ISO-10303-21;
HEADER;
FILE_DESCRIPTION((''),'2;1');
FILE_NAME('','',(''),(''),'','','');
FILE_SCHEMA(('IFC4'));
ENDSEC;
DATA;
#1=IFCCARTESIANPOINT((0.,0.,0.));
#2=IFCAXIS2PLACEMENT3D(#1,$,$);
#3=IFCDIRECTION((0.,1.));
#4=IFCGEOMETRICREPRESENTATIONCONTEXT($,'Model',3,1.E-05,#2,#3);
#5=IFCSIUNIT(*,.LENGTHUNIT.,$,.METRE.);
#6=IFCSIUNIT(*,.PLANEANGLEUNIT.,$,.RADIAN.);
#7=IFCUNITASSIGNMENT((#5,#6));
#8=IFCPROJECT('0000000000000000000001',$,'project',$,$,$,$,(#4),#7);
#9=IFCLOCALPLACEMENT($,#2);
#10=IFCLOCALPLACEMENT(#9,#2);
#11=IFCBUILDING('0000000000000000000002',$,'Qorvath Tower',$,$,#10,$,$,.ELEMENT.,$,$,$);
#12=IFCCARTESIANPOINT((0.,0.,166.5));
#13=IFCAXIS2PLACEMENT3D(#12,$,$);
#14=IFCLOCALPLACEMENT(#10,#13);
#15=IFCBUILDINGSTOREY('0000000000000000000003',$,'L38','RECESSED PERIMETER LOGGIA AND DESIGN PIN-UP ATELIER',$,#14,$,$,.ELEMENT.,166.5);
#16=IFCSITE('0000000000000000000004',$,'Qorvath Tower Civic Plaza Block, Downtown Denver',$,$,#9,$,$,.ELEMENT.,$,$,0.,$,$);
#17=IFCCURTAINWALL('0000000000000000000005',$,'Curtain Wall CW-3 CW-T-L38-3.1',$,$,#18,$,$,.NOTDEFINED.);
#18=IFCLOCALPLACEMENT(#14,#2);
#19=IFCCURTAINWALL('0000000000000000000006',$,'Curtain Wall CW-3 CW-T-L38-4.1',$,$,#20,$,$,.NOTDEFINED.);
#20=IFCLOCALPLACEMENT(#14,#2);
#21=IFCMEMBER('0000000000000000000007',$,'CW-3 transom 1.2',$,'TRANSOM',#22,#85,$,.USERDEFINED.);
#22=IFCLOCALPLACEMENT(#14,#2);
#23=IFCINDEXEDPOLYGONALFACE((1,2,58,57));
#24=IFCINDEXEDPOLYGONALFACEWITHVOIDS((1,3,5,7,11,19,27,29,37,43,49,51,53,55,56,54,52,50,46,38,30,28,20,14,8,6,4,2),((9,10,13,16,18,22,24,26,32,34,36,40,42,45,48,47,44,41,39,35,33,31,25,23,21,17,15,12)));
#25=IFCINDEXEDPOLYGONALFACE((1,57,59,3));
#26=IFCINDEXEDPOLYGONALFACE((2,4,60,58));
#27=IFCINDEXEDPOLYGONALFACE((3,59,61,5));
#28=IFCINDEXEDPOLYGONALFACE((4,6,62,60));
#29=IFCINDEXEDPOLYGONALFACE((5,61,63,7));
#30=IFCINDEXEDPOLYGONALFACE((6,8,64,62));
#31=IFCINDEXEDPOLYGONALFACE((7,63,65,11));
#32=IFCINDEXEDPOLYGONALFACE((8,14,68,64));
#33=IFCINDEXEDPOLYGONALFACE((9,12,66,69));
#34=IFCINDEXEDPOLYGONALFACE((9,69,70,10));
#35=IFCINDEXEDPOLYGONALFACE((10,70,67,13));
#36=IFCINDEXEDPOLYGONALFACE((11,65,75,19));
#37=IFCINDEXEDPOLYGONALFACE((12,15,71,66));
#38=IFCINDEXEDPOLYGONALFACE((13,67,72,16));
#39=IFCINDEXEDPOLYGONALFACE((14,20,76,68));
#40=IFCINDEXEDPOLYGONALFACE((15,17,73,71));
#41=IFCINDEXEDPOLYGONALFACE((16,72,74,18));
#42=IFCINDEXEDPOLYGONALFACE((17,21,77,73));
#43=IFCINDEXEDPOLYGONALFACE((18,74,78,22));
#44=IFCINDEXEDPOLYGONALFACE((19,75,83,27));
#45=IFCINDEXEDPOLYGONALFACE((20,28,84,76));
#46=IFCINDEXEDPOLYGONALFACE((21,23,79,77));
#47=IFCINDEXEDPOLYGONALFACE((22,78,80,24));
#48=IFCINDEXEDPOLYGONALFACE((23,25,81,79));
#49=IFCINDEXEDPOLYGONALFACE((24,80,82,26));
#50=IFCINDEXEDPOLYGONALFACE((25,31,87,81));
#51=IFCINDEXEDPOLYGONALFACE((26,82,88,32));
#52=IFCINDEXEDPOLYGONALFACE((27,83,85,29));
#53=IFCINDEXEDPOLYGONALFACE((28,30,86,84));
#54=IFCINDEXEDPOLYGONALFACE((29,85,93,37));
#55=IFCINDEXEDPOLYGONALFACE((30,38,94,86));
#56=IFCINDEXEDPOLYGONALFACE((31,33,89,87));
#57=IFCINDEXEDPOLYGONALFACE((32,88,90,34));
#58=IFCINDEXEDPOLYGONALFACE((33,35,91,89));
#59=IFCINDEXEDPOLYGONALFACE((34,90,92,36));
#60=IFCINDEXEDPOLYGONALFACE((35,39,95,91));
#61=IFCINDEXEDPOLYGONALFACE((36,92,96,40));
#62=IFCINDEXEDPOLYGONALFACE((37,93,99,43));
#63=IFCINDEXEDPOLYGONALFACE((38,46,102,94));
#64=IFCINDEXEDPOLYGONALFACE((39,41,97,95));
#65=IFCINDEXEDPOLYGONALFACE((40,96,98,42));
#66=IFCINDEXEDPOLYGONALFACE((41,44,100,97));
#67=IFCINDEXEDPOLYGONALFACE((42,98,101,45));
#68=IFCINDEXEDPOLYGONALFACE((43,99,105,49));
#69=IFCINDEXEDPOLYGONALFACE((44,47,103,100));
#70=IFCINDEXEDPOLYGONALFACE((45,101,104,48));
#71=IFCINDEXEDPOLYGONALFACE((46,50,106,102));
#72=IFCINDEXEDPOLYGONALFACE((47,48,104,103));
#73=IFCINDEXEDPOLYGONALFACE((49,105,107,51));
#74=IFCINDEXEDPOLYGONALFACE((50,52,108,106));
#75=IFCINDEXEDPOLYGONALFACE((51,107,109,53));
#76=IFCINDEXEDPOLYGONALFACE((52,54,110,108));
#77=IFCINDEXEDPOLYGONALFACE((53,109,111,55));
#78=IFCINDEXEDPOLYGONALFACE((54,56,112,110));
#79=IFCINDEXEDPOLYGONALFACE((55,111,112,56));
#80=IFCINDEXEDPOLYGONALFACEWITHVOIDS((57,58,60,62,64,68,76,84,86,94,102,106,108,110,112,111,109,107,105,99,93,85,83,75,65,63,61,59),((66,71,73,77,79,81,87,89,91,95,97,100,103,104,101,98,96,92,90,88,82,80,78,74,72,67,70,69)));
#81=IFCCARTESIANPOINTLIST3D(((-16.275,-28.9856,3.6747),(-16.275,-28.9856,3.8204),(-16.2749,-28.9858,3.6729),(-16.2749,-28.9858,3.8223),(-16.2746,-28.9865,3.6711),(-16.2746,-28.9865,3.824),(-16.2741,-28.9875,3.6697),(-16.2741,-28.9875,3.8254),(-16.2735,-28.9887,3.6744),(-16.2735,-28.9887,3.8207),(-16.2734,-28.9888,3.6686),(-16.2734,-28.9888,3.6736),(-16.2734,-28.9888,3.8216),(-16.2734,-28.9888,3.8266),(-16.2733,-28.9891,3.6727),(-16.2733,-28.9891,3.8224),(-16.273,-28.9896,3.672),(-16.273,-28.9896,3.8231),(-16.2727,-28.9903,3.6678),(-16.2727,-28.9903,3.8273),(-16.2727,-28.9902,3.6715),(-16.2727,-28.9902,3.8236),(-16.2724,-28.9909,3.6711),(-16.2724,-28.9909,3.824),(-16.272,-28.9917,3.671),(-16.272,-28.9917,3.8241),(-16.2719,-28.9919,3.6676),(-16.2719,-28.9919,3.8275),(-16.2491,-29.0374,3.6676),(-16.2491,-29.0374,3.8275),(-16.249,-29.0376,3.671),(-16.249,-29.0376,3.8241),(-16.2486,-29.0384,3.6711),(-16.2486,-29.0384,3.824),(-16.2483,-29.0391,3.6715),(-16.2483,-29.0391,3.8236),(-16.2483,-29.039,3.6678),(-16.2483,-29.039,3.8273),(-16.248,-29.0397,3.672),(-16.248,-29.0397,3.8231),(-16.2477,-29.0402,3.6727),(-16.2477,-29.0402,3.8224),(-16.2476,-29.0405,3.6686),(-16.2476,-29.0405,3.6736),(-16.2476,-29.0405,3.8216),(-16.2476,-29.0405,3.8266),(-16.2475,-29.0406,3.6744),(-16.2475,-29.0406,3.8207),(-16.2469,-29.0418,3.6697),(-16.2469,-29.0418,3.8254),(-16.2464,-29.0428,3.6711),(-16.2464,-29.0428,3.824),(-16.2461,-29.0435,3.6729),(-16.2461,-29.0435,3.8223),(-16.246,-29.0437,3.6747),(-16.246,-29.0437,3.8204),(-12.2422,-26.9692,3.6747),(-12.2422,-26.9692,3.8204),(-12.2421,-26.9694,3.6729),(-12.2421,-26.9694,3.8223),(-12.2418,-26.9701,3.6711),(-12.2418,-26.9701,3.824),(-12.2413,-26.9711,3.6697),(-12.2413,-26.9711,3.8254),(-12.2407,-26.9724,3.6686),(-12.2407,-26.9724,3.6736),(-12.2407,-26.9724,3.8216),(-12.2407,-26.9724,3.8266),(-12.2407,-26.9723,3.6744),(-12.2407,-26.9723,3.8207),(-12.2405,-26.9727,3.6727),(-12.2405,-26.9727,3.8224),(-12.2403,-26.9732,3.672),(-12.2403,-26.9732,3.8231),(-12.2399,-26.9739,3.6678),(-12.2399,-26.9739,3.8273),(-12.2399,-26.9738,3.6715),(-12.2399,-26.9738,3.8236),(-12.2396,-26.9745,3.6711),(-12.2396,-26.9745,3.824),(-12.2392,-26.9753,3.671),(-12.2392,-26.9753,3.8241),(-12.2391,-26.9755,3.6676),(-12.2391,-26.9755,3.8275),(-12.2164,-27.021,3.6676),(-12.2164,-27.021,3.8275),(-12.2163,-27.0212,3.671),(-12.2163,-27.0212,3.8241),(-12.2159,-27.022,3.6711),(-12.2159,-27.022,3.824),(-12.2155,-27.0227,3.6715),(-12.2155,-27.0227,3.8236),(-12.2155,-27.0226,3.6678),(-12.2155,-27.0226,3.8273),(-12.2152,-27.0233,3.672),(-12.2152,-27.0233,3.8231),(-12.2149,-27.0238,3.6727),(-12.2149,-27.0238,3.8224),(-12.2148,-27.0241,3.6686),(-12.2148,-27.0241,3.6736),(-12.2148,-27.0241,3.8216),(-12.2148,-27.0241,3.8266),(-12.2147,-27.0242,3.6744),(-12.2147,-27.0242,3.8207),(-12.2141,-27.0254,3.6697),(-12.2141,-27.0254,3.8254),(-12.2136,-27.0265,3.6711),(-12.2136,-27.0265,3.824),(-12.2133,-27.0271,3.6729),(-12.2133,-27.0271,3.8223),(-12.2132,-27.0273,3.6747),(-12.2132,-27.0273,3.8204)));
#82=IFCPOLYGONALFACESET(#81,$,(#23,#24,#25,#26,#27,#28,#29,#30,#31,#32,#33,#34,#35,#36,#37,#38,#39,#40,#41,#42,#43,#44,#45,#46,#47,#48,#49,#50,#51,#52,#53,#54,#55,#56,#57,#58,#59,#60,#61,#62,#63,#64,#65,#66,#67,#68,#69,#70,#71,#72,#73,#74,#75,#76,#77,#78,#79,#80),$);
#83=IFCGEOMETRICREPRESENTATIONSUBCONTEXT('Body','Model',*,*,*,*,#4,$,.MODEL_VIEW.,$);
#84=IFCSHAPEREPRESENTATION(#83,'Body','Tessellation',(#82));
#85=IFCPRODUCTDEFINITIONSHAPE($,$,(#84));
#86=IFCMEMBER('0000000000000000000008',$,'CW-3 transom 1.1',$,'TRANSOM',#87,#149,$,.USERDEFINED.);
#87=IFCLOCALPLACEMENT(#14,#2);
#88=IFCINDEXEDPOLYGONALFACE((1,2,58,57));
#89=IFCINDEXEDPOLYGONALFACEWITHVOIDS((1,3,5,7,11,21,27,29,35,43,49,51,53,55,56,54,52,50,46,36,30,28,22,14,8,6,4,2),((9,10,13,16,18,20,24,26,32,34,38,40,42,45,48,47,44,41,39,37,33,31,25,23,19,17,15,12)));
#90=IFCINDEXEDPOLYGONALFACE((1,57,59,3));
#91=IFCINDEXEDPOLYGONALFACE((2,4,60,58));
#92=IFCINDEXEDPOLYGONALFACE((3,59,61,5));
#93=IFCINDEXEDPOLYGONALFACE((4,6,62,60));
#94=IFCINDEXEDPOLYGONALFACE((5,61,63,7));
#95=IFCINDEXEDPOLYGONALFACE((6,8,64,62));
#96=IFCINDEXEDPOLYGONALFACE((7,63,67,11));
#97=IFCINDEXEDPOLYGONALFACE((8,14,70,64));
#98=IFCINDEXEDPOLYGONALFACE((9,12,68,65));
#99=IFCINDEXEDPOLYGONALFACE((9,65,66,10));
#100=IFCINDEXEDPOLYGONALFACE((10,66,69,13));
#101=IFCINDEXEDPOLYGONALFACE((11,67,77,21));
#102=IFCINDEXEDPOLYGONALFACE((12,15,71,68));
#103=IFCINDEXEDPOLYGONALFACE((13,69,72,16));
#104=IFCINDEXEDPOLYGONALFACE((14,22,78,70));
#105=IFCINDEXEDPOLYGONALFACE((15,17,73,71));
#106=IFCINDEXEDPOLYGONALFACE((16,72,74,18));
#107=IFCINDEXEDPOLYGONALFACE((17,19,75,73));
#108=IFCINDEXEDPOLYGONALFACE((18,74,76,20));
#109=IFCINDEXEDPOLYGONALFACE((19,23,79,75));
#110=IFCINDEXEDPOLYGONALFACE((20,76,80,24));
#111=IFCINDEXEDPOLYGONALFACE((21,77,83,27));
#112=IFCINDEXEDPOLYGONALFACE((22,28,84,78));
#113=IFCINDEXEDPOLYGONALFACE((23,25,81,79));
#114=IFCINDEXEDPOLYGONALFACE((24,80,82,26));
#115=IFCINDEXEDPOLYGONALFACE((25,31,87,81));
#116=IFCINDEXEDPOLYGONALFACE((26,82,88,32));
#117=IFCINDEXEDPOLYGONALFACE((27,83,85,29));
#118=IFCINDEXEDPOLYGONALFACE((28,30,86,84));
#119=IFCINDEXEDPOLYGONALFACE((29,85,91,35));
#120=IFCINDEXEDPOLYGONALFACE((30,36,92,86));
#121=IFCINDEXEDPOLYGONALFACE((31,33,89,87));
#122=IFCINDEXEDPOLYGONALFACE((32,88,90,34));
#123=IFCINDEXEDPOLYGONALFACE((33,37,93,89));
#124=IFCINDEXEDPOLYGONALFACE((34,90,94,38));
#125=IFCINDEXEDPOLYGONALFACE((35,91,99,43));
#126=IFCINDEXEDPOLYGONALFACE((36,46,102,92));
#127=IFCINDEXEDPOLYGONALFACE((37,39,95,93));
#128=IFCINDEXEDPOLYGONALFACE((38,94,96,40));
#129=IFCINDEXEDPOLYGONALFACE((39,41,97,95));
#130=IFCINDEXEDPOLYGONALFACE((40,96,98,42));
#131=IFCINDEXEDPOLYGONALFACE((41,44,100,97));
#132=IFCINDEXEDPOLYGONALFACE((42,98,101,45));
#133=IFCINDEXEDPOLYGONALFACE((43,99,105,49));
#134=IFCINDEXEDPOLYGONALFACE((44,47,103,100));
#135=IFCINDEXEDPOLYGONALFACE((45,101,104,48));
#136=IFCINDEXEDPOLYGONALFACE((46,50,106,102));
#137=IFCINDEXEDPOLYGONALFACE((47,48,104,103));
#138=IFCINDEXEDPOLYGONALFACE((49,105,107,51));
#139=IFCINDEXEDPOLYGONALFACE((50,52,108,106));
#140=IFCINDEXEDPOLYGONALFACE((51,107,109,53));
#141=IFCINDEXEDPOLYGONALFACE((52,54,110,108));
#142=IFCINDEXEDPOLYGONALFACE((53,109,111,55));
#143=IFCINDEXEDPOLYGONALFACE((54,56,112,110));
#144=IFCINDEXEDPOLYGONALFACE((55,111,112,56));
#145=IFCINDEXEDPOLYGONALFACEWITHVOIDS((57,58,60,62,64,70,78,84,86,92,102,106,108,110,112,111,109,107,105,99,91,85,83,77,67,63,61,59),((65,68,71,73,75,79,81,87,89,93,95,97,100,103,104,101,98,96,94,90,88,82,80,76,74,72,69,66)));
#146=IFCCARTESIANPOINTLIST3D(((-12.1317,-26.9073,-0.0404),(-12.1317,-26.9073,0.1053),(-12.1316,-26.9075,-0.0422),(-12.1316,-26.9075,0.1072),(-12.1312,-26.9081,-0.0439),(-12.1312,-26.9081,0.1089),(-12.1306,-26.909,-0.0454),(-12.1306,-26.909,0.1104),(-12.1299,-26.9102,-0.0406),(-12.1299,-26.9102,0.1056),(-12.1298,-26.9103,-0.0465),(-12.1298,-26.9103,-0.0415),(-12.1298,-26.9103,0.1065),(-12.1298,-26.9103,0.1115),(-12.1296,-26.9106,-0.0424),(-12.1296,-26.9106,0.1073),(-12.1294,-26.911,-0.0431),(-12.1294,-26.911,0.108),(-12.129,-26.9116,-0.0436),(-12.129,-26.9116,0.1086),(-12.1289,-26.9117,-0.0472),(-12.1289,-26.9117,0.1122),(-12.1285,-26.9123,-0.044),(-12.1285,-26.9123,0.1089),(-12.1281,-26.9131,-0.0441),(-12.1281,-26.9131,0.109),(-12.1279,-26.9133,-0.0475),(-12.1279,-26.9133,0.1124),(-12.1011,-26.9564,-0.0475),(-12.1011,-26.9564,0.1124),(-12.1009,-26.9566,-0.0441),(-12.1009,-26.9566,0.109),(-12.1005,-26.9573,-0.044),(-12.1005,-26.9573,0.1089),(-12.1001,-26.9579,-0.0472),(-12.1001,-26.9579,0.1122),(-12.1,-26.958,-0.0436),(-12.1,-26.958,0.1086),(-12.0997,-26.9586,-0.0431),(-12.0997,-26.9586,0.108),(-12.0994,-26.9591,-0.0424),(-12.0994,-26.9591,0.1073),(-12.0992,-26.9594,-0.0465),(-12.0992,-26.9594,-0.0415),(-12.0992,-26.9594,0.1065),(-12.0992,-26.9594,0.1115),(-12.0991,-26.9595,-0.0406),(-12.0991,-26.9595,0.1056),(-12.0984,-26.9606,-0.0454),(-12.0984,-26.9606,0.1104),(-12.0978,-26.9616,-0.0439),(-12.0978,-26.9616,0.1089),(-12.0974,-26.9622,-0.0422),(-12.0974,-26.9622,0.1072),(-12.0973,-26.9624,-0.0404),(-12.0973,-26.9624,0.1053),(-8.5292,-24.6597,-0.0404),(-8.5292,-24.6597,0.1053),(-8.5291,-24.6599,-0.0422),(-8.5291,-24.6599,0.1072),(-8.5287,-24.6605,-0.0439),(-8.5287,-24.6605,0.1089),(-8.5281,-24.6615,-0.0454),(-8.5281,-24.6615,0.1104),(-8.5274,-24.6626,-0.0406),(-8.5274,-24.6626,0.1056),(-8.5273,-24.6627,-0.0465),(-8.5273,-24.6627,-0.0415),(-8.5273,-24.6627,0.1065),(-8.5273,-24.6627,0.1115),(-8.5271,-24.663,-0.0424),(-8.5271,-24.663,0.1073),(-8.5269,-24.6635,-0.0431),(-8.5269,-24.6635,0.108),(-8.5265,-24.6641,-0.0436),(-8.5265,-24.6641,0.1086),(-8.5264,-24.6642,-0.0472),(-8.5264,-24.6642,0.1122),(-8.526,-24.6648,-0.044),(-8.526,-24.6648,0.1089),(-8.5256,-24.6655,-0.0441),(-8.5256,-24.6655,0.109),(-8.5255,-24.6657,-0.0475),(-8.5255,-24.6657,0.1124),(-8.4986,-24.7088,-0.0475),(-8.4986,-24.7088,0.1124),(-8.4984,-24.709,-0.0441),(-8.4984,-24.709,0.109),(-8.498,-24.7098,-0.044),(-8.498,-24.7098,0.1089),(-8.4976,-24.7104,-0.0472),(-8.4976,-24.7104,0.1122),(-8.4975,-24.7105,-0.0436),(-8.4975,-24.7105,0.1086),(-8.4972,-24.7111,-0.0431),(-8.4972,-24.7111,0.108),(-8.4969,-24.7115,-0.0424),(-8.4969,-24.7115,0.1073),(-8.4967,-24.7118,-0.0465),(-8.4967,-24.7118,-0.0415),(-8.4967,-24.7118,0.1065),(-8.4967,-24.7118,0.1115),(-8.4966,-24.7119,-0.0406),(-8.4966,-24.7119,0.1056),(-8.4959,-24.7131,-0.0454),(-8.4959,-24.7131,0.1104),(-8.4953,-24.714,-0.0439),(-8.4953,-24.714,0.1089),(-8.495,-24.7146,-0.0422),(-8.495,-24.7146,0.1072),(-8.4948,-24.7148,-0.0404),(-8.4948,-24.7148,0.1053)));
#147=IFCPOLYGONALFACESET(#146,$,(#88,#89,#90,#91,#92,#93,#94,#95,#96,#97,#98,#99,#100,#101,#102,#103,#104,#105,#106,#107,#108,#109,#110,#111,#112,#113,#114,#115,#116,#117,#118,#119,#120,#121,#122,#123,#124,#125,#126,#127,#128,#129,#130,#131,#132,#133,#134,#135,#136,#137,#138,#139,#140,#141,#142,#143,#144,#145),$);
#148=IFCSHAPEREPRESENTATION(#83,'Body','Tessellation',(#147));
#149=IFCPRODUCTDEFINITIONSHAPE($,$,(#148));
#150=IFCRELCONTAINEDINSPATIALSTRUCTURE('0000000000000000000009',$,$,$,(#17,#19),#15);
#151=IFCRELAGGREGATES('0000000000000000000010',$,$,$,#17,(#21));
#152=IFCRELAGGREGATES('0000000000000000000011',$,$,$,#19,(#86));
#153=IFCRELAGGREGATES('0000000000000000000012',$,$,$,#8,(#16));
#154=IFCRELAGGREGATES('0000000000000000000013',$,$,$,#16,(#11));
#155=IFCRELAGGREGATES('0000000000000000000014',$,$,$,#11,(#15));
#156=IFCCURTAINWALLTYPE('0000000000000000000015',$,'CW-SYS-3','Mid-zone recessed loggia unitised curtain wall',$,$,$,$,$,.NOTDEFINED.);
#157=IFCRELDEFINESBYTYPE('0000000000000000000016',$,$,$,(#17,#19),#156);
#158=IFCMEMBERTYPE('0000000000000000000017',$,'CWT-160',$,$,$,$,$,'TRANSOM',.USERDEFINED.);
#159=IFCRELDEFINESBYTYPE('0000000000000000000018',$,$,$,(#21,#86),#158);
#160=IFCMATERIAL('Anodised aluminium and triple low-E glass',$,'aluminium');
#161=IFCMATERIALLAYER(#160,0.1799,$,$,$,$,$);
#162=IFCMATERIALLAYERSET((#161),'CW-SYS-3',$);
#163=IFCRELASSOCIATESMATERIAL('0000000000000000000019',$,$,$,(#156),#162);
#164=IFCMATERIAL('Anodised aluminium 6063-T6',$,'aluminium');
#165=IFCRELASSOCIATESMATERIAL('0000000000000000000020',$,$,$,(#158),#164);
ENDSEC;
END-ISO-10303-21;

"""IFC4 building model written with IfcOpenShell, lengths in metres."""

from ifc_helpers import new_model, si_unit, direction, frame, origin, origin_2d, place, context, subcontext, project, spatial, hollow_rectangle, extrude, material, layer, layer_set, material_profile, profile_set, type_object, element, aggregate, save


model = new_model("IFC4")

# Units and contexts
model_context = context("Model", 3, precision=1e-05, world=origin(), true_north=direction((0.0, 1.0)))
body_context = subcontext(model_context, "Body", "Model", "MODEL_VIEW")
ifc_project = project(units=[si_unit("LENGTHUNIT", "METRE"), si_unit("PLANEANGLEUNIT", "RADIAN")], contexts=[model_context])

# Site, building, storey
site_placement = place(None, origin())
site = spatial("IfcSite", under=ifc_project, at=site_placement, Name="Qorvath Tower Civic Plaza Block, Downtown Denver", CompositionType="ELEMENT", RefElevation=0.0)
building_placement = place(site_placement, origin())
building = spatial("IfcBuilding", under=site, at=building_placement, Name="Qorvath Tower", CompositionType="ELEMENT")
storey_placement = place(building_placement, frame((0.0, 0.0, 166.5)))
storey = spatial("IfcBuildingStorey", under=building, at=storey_placement, Name="L38", Description="RECESSED PERIMETER LOGGIA AND DESIGN PIN-UP ATELIER", CompositionType="ELEMENT", Elevation=166.5)

# Shared definitions
ifc_material_1 = material(Name="Anodised aluminium and triple low-E glass", Category="aluminium")
ifc_layer_1 = layer(ifc_material_1, 0.1799)
ifc_layer_set_1 = layer_set([ifc_layer_1], Name="CW-SYS-3")
curtain_wall_type = type_object("IfcCurtainWallType", Name="CW-SYS-3", Description="Mid-zone recessed loggia unitised curtain wall", PredefinedType="NOTDEFINED", material=ifc_layer_set_1)

# Curtain walls
curtain_wall_1_placement = place(storey_placement, origin())
curtain_wall_1 = element("IfcCurtainWall", 1, at=curtain_wall_1_placement, inside=storey, type_object=curtain_wall_type, Name="Curtain Wall CW-3 CW-T-L38-3.1", PredefinedType="NOTDEFINED")
curtain_wall_2_placement = place(storey_placement, origin())
curtain_wall_2 = element("IfcCurtainWall", 2, at=curtain_wall_2_placement, inside=storey, type_object=curtain_wall_type, Name="Curtain Wall CW-3 CW-T-L38-4.1", PredefinedType="NOTDEFINED")

# Members
ifc_material_2 = material(Name="Anodised aluminium 6063-T6", Category="aluminium")
ifc_material_profile_1 = material_profile(ifc_material_2, hollow_rectangle(XDim=0.0649, YDim=0.1599, WallThickness=0.0034, InnerFilletRadius=0.0034, OuterFilletRadius=0.0071, at=origin_2d()), Name="CWT 160x65")
ifc_profile_set_1 = profile_set([ifc_material_profile_1], Name="Anodised aluminium 6063-T6")
member_type_1 = type_object("IfcMemberType", Name="CWT-160", ElementType="TRANSOM", PredefinedType="USERDEFINED", material=ifc_profile_set_1)
member_1_placement = place(storey_placement, frame((-16.2605, -29.0146, 3.7476), z_axis=(0.894427, 0.447214, 0.0), x_axis=(-0.447214, 0.894427, 0.0)))
member_1 = element("IfcMember", 3, at=member_1_placement, type_object=member_type_1, Name="CW-3 transom 1.2", ObjectType="TRANSOM", PredefinedType="USERDEFINED", context=body_context, shape_type="SweptSolid", body=[
    extrude(hollow_rectangle(XDim=0.0649, YDim=0.1599, WallThickness=0.0034, InnerFilletRadius=0.0034, OuterFilletRadius=0.0071, at=origin_2d()), origin(), (0.0, 0.0, 1.0), 4.5088),
])
member_2_placement = place(storey_placement, frame((-12.1145, -26.9348, 0.0325), z_axis=(0.848424, 0.529317, 0.0), x_axis=(-0.529317, 0.848424, 0.0)))
member_2 = element("IfcMember", 4, at=member_2_placement, type_object=member_type_1, Name="CW-3 transom 1.1", ObjectType="TRANSOM", PredefinedType="USERDEFINED", context=body_context, shape_type="SweptSolid", body=[
    extrude(hollow_rectangle(XDim=0.0649, YDim=0.1599, WallThickness=0.0034, InnerFilletRadius=0.0034, OuterFilletRadius=0.0071, at=origin_2d()), origin(), (0.0, 0.0, 1.0), 4.2461),
])

aggregate(curtain_wall_1, [member_1])
aggregate(curtain_wall_2, [member_2])

save(model, "model.ifc")
